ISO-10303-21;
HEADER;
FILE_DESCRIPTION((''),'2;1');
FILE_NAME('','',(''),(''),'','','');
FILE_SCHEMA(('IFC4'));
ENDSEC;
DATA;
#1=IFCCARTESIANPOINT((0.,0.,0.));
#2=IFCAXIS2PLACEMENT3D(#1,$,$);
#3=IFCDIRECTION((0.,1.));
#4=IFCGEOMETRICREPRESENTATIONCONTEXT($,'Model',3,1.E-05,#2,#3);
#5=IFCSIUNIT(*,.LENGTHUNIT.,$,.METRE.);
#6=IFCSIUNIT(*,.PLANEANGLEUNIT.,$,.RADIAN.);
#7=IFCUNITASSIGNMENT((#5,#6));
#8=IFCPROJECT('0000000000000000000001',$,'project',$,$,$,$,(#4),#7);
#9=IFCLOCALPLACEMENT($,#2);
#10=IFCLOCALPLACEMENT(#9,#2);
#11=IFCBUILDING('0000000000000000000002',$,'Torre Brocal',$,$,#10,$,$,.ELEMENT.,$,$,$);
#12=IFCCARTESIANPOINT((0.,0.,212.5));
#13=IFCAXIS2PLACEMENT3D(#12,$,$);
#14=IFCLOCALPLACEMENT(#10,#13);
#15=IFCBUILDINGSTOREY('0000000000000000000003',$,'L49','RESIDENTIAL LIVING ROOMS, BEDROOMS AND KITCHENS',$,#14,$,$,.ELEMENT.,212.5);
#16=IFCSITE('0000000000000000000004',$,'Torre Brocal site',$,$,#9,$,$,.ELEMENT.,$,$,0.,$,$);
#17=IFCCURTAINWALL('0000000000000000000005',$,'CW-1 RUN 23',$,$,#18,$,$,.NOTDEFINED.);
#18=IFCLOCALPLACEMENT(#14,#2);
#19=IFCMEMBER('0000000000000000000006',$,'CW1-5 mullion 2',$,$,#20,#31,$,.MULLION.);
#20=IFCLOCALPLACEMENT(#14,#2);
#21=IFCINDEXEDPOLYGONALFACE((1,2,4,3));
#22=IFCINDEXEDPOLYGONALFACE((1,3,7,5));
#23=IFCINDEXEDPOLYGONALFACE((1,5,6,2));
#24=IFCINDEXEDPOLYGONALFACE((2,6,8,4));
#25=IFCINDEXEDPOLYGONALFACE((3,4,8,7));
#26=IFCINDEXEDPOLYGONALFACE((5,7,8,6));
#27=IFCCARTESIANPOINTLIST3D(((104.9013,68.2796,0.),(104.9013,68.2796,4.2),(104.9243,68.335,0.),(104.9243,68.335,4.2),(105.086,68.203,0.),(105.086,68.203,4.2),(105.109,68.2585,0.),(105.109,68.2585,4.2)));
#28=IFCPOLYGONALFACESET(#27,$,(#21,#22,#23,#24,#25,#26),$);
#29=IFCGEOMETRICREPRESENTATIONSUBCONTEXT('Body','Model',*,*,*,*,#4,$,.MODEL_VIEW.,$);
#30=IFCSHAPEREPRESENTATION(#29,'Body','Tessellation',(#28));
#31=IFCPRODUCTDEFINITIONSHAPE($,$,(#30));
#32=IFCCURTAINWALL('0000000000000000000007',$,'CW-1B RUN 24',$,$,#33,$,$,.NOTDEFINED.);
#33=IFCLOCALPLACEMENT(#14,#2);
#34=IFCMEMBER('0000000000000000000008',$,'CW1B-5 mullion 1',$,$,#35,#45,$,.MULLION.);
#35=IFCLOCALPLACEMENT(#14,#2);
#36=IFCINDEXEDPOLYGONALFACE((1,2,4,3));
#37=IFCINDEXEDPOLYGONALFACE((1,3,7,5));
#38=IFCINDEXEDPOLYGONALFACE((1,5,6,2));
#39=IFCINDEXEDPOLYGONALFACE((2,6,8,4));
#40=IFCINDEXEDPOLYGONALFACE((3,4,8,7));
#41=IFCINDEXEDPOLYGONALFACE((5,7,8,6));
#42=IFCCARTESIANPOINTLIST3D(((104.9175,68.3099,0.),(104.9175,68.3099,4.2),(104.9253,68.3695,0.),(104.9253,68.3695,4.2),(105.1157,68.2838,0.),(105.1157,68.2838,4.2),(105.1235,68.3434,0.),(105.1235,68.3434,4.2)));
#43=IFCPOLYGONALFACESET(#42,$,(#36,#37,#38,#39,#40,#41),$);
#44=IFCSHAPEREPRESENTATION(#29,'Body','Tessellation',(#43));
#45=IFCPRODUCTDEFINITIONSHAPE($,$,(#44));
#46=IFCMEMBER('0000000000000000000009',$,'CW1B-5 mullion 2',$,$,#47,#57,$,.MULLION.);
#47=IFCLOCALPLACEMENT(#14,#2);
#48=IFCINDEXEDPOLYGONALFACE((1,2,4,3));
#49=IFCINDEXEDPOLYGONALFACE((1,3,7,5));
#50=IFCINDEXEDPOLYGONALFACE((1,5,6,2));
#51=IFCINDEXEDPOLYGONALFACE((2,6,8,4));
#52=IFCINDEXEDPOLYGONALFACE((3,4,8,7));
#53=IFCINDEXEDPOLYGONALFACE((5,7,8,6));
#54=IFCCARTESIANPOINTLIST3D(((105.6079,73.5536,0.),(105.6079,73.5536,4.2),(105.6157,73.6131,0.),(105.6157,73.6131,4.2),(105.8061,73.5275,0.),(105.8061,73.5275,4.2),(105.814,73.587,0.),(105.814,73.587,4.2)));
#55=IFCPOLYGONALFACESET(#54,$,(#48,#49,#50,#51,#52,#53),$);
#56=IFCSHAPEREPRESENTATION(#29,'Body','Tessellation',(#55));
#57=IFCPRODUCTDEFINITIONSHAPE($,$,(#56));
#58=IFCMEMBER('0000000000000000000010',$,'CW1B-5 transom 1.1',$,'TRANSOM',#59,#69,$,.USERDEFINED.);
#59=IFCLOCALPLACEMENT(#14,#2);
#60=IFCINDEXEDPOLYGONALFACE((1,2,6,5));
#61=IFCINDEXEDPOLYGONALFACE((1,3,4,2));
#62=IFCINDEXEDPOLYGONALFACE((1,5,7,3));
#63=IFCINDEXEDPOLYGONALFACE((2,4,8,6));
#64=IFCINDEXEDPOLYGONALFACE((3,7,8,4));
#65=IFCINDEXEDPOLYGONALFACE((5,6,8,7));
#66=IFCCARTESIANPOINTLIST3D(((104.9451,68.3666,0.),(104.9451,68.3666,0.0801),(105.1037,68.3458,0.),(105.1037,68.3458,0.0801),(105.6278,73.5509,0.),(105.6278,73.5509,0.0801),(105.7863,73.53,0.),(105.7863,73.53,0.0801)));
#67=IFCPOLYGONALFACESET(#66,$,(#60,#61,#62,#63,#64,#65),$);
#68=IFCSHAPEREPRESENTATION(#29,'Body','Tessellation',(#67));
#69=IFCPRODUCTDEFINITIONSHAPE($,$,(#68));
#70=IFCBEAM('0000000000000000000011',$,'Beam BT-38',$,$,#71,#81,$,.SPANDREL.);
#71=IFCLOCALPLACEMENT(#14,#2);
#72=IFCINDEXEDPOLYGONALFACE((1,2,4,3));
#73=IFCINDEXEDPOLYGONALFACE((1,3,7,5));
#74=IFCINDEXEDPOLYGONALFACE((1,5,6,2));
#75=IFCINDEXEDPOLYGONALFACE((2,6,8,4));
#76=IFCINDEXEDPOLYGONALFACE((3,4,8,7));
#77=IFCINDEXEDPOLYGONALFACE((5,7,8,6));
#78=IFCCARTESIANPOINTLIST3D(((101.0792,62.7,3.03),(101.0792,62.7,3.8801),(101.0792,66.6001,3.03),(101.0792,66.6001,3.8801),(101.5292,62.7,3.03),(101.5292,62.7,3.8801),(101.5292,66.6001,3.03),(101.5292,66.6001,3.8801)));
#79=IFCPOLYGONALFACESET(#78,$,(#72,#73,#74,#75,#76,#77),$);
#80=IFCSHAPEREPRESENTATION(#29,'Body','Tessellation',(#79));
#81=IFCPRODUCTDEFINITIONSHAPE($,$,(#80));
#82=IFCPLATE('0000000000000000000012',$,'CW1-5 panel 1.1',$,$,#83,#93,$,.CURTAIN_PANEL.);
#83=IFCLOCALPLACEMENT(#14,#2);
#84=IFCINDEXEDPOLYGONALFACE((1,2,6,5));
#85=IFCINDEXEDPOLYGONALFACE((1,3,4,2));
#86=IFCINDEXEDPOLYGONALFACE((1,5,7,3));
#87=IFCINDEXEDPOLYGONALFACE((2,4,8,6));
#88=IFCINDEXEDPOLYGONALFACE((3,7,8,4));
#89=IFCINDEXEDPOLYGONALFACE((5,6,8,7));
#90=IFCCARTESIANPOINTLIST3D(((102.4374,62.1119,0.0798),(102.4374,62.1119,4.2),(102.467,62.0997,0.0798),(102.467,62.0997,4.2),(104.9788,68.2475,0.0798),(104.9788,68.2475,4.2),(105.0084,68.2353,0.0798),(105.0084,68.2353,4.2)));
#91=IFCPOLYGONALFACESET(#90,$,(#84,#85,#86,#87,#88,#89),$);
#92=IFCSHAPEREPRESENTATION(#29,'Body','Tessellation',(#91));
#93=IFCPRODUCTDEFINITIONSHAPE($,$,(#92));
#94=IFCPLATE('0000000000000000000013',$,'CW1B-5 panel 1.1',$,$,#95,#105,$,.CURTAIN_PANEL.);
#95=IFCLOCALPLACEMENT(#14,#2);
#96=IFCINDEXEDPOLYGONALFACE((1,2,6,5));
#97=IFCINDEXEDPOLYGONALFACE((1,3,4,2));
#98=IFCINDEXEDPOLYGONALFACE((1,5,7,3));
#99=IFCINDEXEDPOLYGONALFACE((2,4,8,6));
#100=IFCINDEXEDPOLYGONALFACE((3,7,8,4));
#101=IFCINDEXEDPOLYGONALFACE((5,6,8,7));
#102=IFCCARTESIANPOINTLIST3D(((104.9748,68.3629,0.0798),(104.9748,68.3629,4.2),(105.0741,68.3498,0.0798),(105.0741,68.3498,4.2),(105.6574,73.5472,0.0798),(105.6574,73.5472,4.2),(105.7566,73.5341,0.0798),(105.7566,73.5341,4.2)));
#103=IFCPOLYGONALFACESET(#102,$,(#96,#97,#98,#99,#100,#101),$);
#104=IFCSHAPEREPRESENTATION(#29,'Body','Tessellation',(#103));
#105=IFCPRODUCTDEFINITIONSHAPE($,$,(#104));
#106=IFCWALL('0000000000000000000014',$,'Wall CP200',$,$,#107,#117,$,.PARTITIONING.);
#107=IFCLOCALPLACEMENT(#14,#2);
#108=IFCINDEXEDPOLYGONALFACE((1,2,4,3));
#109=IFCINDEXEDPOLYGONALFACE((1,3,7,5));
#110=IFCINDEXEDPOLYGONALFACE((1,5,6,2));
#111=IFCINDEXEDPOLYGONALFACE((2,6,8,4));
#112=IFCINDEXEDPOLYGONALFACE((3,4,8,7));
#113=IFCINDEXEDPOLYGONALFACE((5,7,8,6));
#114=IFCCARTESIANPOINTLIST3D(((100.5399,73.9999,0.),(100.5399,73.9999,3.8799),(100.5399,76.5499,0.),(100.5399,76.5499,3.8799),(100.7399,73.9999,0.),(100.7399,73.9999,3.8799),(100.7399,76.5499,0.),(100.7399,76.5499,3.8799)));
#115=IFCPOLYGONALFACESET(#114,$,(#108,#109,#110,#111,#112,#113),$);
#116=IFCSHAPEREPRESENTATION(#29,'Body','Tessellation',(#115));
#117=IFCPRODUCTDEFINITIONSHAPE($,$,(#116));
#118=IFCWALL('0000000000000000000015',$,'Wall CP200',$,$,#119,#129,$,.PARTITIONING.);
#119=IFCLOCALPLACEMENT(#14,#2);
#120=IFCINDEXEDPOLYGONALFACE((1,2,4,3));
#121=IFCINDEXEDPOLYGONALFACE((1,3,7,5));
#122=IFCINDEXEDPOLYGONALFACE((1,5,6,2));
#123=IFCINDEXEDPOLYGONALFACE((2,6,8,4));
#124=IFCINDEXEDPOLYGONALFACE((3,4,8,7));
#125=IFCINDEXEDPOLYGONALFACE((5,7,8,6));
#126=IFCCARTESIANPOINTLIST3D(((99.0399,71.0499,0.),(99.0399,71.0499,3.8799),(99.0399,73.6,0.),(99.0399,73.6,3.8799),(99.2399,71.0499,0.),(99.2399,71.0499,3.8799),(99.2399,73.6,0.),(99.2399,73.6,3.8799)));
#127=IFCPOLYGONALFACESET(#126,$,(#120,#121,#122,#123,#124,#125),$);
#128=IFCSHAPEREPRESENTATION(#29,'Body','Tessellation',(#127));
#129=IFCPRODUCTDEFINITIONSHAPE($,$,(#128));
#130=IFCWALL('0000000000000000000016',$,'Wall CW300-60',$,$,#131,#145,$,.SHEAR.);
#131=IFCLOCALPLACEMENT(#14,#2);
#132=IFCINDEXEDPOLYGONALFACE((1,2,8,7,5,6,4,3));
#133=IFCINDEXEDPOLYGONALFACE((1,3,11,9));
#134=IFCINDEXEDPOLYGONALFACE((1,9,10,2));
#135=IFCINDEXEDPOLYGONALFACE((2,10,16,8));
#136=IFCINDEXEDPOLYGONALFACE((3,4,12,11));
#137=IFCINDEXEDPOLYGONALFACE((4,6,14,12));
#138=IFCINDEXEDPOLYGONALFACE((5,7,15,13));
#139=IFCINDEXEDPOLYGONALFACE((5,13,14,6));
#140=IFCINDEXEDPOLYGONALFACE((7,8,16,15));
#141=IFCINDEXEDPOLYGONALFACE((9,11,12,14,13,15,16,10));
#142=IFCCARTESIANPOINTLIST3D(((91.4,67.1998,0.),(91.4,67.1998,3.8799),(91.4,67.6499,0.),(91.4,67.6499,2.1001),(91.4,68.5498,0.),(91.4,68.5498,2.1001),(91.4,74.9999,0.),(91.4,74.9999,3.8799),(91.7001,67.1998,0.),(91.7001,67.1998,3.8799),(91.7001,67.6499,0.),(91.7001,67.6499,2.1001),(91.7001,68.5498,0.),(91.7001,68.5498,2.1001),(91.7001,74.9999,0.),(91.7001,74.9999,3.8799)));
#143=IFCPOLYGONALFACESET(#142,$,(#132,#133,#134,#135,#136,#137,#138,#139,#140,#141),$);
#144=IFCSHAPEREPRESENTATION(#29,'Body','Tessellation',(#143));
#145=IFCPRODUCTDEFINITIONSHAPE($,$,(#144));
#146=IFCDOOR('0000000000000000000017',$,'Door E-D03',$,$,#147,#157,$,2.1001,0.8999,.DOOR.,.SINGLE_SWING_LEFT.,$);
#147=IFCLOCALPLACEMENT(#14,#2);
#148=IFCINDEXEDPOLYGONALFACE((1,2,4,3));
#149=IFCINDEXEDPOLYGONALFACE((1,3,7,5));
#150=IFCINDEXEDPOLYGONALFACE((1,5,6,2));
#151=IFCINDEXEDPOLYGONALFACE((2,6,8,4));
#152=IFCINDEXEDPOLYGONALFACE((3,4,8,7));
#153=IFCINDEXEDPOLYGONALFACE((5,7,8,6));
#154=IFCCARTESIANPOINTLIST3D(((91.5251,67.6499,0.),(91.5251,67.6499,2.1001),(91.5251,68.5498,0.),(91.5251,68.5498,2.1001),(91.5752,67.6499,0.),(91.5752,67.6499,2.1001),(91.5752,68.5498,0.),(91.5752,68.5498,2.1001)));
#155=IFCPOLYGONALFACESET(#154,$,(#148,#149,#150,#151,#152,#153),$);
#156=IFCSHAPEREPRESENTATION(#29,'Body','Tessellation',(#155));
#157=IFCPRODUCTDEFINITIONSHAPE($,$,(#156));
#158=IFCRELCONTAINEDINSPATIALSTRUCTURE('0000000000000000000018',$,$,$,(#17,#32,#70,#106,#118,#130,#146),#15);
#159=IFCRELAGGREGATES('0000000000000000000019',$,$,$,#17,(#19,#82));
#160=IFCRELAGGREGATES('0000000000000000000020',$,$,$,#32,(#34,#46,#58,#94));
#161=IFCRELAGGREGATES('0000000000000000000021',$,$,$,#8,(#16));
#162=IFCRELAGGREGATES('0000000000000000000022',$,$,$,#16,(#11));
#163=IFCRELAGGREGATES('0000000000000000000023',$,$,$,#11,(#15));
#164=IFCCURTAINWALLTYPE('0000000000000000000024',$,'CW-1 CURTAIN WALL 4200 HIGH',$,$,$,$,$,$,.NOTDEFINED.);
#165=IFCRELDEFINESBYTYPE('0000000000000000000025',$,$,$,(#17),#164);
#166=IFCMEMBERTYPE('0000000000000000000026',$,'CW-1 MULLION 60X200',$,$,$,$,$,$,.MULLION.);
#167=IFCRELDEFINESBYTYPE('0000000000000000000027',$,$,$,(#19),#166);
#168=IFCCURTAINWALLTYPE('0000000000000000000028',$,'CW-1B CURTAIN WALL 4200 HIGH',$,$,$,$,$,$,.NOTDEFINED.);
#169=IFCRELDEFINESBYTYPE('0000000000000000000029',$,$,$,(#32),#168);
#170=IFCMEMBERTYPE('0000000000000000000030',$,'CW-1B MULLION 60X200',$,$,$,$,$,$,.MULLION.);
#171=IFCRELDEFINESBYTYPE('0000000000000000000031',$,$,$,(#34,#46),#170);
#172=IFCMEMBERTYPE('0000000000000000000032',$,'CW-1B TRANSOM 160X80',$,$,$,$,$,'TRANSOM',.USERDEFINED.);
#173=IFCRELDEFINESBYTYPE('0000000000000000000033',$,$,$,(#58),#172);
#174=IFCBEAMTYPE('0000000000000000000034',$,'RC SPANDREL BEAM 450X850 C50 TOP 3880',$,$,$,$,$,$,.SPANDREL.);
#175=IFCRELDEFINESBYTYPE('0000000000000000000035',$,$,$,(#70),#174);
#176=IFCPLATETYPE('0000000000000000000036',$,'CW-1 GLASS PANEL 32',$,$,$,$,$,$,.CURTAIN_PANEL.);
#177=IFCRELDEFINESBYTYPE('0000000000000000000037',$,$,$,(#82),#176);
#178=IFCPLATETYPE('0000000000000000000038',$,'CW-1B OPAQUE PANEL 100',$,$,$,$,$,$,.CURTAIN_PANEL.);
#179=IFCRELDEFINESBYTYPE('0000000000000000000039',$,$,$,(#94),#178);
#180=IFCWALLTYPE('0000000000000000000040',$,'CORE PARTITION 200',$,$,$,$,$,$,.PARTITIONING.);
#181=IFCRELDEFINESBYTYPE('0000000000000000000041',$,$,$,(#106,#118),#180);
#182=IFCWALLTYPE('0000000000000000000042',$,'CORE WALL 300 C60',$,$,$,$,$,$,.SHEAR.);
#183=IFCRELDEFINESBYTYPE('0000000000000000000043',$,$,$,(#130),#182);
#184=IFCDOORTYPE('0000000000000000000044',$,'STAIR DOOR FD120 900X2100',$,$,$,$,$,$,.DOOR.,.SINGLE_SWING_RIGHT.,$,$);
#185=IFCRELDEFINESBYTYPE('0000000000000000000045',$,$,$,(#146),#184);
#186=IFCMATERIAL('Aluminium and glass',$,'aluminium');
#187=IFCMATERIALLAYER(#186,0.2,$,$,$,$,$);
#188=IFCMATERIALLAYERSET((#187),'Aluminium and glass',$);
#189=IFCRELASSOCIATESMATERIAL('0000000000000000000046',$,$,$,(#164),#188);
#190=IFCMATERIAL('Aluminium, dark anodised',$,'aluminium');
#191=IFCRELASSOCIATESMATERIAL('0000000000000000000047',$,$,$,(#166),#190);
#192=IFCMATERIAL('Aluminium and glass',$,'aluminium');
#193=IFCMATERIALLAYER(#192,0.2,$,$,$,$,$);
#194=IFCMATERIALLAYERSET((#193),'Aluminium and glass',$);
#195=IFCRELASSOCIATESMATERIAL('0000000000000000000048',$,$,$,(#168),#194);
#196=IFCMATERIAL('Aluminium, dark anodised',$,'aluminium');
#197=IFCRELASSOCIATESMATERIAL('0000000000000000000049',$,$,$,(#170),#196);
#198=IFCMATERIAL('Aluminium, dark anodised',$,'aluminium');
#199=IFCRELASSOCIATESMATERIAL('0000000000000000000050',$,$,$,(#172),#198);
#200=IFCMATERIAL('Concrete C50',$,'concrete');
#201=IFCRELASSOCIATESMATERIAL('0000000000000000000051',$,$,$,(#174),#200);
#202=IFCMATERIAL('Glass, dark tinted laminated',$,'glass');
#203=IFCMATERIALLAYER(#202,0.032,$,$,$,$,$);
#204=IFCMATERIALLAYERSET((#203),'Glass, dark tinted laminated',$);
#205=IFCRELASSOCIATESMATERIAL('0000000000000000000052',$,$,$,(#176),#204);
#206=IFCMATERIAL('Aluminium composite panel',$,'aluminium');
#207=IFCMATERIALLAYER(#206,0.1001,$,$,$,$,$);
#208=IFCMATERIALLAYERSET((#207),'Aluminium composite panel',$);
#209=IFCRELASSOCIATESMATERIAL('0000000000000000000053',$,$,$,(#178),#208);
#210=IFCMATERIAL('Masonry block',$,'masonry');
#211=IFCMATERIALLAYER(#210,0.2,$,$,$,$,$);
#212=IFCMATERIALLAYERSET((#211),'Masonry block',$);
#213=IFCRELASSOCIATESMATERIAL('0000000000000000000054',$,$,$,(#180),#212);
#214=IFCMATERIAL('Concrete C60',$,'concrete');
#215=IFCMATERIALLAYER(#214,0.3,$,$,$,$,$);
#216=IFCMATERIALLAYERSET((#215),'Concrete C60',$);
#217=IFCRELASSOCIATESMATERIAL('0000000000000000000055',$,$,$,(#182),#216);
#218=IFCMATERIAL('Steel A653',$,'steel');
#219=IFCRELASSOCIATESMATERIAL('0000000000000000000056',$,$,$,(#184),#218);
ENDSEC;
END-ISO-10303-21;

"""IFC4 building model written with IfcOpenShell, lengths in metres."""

from ifc_helpers import new_model, si_unit, direction, frame, frame_2d, origin, origin_2d, place, context, subcontext, project, spatial, rectangle, extrude, material, layer, layer_set, material_profile, profile_set, type_object, element, fill, aggregate, save


model = new_model("IFC4")

# Units and contexts
model_context = context("Model", 3, precision=1e-05, world=origin(), true_north=direction((0.0, 1.0)))
body_context = subcontext(model_context, "Body", "Model", "MODEL_VIEW")
ifc_project = project(units=[si_unit("LENGTHUNIT", "METRE"), si_unit("PLANEANGLEUNIT", "RADIAN")], contexts=[model_context])

# Site, building, storey
site_placement = place(None, origin())
site = spatial("IfcSite", under=ifc_project, at=site_placement, Name="Torre Brocal site", CompositionType="ELEMENT", RefElevation=0.0)
building_placement = place(site_placement, origin())
building = spatial("IfcBuilding", under=site, at=building_placement, Name="Torre Brocal", CompositionType="ELEMENT")
storey_placement = place(building_placement, frame((0.0, 0.0, 212.5)))
storey = spatial("IfcBuildingStorey", under=building, at=storey_placement, Name="L49", Description="RESIDENTIAL LIVING ROOMS, BEDROOMS AND KITCHENS", CompositionType="ELEMENT", Elevation=212.5)

# Curtain wall, member
ifc_material_1 = material(Name="Aluminium and glass", Category="aluminium")
ifc_layer_1 = layer(ifc_material_1, 0.2)
ifc_layer_set_1 = layer_set([ifc_layer_1], Name="Aluminium and glass")
curtain_wall_type_1 = type_object("IfcCurtainWallType", Name="CW-1 CURTAIN WALL 4200 HIGH", PredefinedType="NOTDEFINED", material=ifc_layer_set_1)
curtain_wall_1_placement = place(storey_placement, origin())
curtain_wall_1 = element("IfcCurtainWall", 1, at=curtain_wall_1_placement, inside=storey, type_object=curtain_wall_type_1, Name="CW-1 RUN 23", PredefinedType="NOTDEFINED")
ifc_material_2 = material(Name="Aluminium, dark anodised", Category="aluminium")
ifc_material_profile_1 = material_profile(ifc_material_2, rectangle(XDim=0.2, YDim=0.0601, at=origin_2d()), Name="CW-1 MULLION 60X200")
ifc_profile_set_1 = profile_set([ifc_material_profile_1], Name="Aluminium, dark anodised")
member_type_1 = type_object("IfcMemberType", Name="CW-1 MULLION 60X200", PredefinedType="MULLION", material=ifc_profile_set_1)
member_1_placement = place(storey_placement, frame((105.0051, 68.269, 0.0), z_axis=(0.0, 0.0, 1.0), x_axis=(-0.92388, 0.382683, 0.0)))
member_1 = element("IfcMember", 2, at=member_1_placement, type_object=member_type_1, Name="CW1-5 mullion 2", PredefinedType="MULLION", context=body_context, shape_type="SweptSolid", body=[
    extrude(rectangle(XDim=0.2, YDim=0.0601, at=origin_2d()), origin(), (0.0, 0.0, 1.0), 4.2),
])

# Curtain wall, members
ifc_material_3 = material(Name="Aluminium and glass", Category="aluminium")
ifc_layer_2 = layer(ifc_material_3, 0.2)
ifc_layer_set_2 = layer_set([ifc_layer_2], Name="Aluminium and glass")
curtain_wall_type_2 = type_object("IfcCurtainWallType", Name="CW-1B CURTAIN WALL 4200 HIGH", PredefinedType="NOTDEFINED", material=ifc_layer_set_2)
curtain_wall_2_placement = place(storey_placement, origin())
curtain_wall_2 = element("IfcCurtainWall", 3, at=curtain_wall_2_placement, inside=storey, type_object=curtain_wall_type_2, Name="CW-1B RUN 24", PredefinedType="NOTDEFINED")
ifc_material_4 = material(Name="Aluminium, dark anodised", Category="aluminium")
ifc_material_profile_2 = material_profile(ifc_material_4, rectangle(XDim=0.2, YDim=0.0601, at=origin_2d()), Name="CW-1B MULLION 60X200")
ifc_profile_set_2 = profile_set([ifc_material_profile_2], Name="Aluminium, dark anodised")
member_type_2 = type_object("IfcMemberType", Name="CW-1B MULLION 60X200", PredefinedType="MULLION", material=ifc_profile_set_2)
member_2_placement = place(storey_placement, frame((105.0205, 68.3267, 0.0), z_axis=(0.0, 0.0, 1.0), x_axis=(-0.991445, 0.130526, 0.0)))
member_2 = element("IfcMember", 4, at=member_2_placement, type_object=member_type_2, Name="CW1B-5 mullion 1", PredefinedType="MULLION", context=body_context, shape_type="SweptSolid", body=[
    extrude(rectangle(XDim=0.2, YDim=0.0601, at=origin_2d()), origin(), (0.0, 0.0, 1.0), 4.2),
])
member_3_placement = place(storey_placement, frame((105.7109, 73.5703, 0.0), z_axis=(0.0, 0.0, 1.0), x_axis=(-0.991445, 0.130526, 0.0)))
member_3 = element("IfcMember", 5, at=member_3_placement, type_object=member_type_2, Name="CW1B-5 mullion 2", PredefinedType="MULLION", context=body_context, shape_type="SweptSolid", body=[
    extrude(rectangle(XDim=0.2, YDim=0.0601, at=origin_2d()), origin(), (0.0, 0.0, 1.0), 4.2),
])
ifc_material_5 = material(Name="Aluminium, dark anodised", Category="aluminium")
ifc_material_profile_3 = material_profile(ifc_material_5, rectangle(XDim=0.1599, YDim=0.0801, at=origin_2d()), Name="CW-1B TRANSOM 160X80")
ifc_profile_set_3 = profile_set([ifc_material_profile_3], Name="Aluminium, dark anodised")
member_type_3 = type_object("IfcMemberType", Name="CW-1B TRANSOM 160X80", ElementType="TRANSOM", PredefinedType="USERDEFINED", material=ifc_profile_set_3)
member_4_placement = place(storey_placement, frame((105.0244, 68.3562, 0.04), z_axis=(0.130543, 0.991443, 0.0), x_axis=(-0.991443, 0.130543, 0.0)))
member_4 = element("IfcMember", 6, at=member_4_placement, type_object=member_type_3, Name="CW1B-5 transom 1.1", ObjectType="TRANSOM", PredefinedType="USERDEFINED", context=body_context, shape_type="SweptSolid", body=[
    extrude(rectangle(XDim=0.1599, YDim=0.0801, at=origin_2d()), origin(), (0.0, 0.0, 1.0), 5.229),
])

# Beam
ifc_material_6 = material(Name="Concrete C50", Category="concrete")
ifc_material_profile_4 = material_profile(ifc_material_6, rectangle(XDim=0.45, YDim=0.8501, at=origin_2d()), Name="RC 450X850")
ifc_profile_set_4 = profile_set([ifc_material_profile_4], Name="Concrete C50")
beam_type = type_object("IfcBeamType", Name="RC SPANDREL BEAM 450X850 C50 TOP 3880", PredefinedType="SPANDREL", material=ifc_profile_set_4)
beam_placement = place(storey_placement, frame((101.3042, 62.7, 3.4551), z_axis=(0.0, 1.0, 0.0), x_axis=(-1.0, 0.0, 0.0)))
element("IfcBeam", 7, at=beam_placement, inside=storey, type_object=beam_type, Name="Beam BT-38", PredefinedType="SPANDREL", context=body_context, shape_type="SweptSolid", body=[
    extrude(rectangle(XDim=0.45, YDim=0.8501, at=origin_2d()), origin(), (0.0, 0.0, 1.0), 3.9001),
])

# Plates
ifc_material_7 = material(Name="Glass, dark tinted laminated", Category="glass")
ifc_layer_3 = layer(ifc_material_7, 0.032)
ifc_layer_set_3 = layer_set([ifc_layer_3], Name="Glass, dark tinted laminated")
plate_type_1 = type_object("IfcPlateType", Name="CW-1 GLASS PANEL 32", PredefinedType="CURTAIN_PANEL", material=ifc_layer_set_3)
plate_1_placement = place(storey_placement, frame((103.7229, 65.1736, 0.0798), z_axis=(0.0, 0.0, 1.0), x_axis=(0.382683, 0.92388, 0.0)))
plate_1 = element("IfcPlate", 8, at=plate_1_placement, type_object=plate_type_1, Name="CW1-5 panel 1.1", PredefinedType="CURTAIN_PANEL", context=body_context, shape_type="SweptSolid", body=[
    extrude(rectangle(XDim=6.6411, YDim=0.032, at=origin_2d()), origin(), (0.0, 0.0, 1.0), 4.1201),
])
aggregate(curtain_wall_1, [member_1, plate_1])
ifc_material_8 = material(Name="Aluminium composite panel", Category="aluminium")
ifc_layer_4 = layer(ifc_material_8, 0.1001)
ifc_layer_set_4 = layer_set([ifc_layer_4], Name="Aluminium composite panel")
plate_type_2 = type_object("IfcPlateType", Name="CW-1B OPAQUE PANEL 100", PredefinedType="CURTAIN_PANEL", material=ifc_layer_set_4)
plate_2_placement = place(storey_placement, frame((105.3657, 70.9485, 0.0798), z_axis=(0.0, 0.0, 1.0), x_axis=(0.130526, 0.991445, 0.0)))
plate_2 = element("IfcPlate", 9, at=plate_2_placement, type_object=plate_type_2, Name="CW1B-5 panel 1.1", PredefinedType="CURTAIN_PANEL", context=body_context, shape_type="SweptSolid", body=[
    extrude(rectangle(XDim=5.229, YDim=0.1001, at=origin_2d()), origin(), (0.0, 0.0, 1.0), 4.1201),
])
aggregate(curtain_wall_2, [member_2, member_3, member_4, plate_2])

# Walls
ifc_material_9 = material(Name="Masonry block", Category="masonry")
ifc_layer_5 = layer(ifc_material_9, 0.2)
ifc_layer_set_5 = layer_set([ifc_layer_5], Name="Masonry block")
wall_type_1 = type_object("IfcWallType", Name="CORE PARTITION 200", PredefinedType="PARTITIONING", material=ifc_layer_set_5)
for number, where, z_axis, x_axis, name in (
    (10, (100.6399, 74.0, 0.0), (0.0, 0.0, 1.0), (0.0, 1.0, 0.0), "Wall CP200"),
    (11, (99.1399, 71.05, 0.0), (0.0, 0.0, 1.0), (0.0, 1.0, 0.0), "Wall CP200"),
):
    element("IfcWall", number, at=place(storey_placement, frame(where, z_axis=z_axis, x_axis=x_axis)), inside=storey, type_object=wall_type_1, Name=name, PredefinedType="PARTITIONING", context=body_context, shape_type="SweptSolid", body=[
        extrude(rectangle(XDim=2.55, YDim=0.2, at=frame_2d((1.2749, 0.0))), origin(), (0.0, 0.0, 1.0), 3.8799),
    ])

# Wall, opening, door
ifc_material_10 = material(Name="Concrete C60", Category="concrete")
ifc_layer_6 = layer(ifc_material_10, 0.3)
ifc_layer_set_6 = layer_set([ifc_layer_6], Name="Concrete C60")
wall_type_2 = type_object("IfcWallType", Name="CORE WALL 300 C60", PredefinedType="SHEAR", material=ifc_layer_set_6)
wall_1_placement = place(storey_placement, frame((91.55, 67.2, 0.0), z_axis=(0.0, 0.0, 1.0), x_axis=(0.0, 1.0, 0.0)))
wall_1 = element("IfcWall", 12, at=wall_1_placement, inside=storey, type_object=wall_type_2, Name="Wall CW300-60", PredefinedType="SHEAR", context=body_context, shape_type="SweptSolid", body=[
    extrude(rectangle(XDim=7.8, YDim=0.3, at=frame_2d((3.8999, 0.0))), origin(), (0.0, 0.0, 1.0), 3.8799),
])
opening_1_placement = place(wall_1_placement, frame((0.45, 0.0, 0.0)))
opening_1 = element("IfcOpeningElement", 13, at=opening_1_placement, cuts=wall_1, PredefinedType="OPENING", context=body_context, shape_type="SweptSolid", body=[
    extrude(rectangle(XDim=0.8999, YDim=2.1001, at=frame_2d((0.45, 1.05))), frame((0.0, 0.1599, 0.0), z_axis=(0.0, -1.0, 0.0), x_axis=(1.0, 0.0, 0.0)), (0.0, 0.0, 1.0), 0.3201),
])
ifc_material_11 = material(Name="Steel A653", Category="steel")
door_type_1 = type_object("IfcDoorType", Name="STAIR DOOR FD120 900X2100", OperationType="SINGLE_SWING_RIGHT", PredefinedType="DOOR", material=ifc_material_11)
door_1_placement = place(opening_1_placement, origin())
door_1 = element("IfcDoor", 14, at=door_1_placement, inside=storey, type_object=door_type_1, Name="Door E-D03", OperationType="SINGLE_SWING_LEFT", OverallHeight=2.1001, OverallWidth=0.8999, PredefinedType="DOOR", context=body_context, shape_type="SweptSolid", body=[
    extrude(rectangle(XDim=0.8999, YDim=2.1001, at=frame_2d((0.45, 1.05))), frame((0.0, 0.0249, 0.0), z_axis=(0.0, -1.0, 0.0), x_axis=(1.0, 0.0, 0.0)), (0.0, 0.0, 1.0), 0.05),
])
fill(opening_1, door_1)

save(model, "model.ifc")
